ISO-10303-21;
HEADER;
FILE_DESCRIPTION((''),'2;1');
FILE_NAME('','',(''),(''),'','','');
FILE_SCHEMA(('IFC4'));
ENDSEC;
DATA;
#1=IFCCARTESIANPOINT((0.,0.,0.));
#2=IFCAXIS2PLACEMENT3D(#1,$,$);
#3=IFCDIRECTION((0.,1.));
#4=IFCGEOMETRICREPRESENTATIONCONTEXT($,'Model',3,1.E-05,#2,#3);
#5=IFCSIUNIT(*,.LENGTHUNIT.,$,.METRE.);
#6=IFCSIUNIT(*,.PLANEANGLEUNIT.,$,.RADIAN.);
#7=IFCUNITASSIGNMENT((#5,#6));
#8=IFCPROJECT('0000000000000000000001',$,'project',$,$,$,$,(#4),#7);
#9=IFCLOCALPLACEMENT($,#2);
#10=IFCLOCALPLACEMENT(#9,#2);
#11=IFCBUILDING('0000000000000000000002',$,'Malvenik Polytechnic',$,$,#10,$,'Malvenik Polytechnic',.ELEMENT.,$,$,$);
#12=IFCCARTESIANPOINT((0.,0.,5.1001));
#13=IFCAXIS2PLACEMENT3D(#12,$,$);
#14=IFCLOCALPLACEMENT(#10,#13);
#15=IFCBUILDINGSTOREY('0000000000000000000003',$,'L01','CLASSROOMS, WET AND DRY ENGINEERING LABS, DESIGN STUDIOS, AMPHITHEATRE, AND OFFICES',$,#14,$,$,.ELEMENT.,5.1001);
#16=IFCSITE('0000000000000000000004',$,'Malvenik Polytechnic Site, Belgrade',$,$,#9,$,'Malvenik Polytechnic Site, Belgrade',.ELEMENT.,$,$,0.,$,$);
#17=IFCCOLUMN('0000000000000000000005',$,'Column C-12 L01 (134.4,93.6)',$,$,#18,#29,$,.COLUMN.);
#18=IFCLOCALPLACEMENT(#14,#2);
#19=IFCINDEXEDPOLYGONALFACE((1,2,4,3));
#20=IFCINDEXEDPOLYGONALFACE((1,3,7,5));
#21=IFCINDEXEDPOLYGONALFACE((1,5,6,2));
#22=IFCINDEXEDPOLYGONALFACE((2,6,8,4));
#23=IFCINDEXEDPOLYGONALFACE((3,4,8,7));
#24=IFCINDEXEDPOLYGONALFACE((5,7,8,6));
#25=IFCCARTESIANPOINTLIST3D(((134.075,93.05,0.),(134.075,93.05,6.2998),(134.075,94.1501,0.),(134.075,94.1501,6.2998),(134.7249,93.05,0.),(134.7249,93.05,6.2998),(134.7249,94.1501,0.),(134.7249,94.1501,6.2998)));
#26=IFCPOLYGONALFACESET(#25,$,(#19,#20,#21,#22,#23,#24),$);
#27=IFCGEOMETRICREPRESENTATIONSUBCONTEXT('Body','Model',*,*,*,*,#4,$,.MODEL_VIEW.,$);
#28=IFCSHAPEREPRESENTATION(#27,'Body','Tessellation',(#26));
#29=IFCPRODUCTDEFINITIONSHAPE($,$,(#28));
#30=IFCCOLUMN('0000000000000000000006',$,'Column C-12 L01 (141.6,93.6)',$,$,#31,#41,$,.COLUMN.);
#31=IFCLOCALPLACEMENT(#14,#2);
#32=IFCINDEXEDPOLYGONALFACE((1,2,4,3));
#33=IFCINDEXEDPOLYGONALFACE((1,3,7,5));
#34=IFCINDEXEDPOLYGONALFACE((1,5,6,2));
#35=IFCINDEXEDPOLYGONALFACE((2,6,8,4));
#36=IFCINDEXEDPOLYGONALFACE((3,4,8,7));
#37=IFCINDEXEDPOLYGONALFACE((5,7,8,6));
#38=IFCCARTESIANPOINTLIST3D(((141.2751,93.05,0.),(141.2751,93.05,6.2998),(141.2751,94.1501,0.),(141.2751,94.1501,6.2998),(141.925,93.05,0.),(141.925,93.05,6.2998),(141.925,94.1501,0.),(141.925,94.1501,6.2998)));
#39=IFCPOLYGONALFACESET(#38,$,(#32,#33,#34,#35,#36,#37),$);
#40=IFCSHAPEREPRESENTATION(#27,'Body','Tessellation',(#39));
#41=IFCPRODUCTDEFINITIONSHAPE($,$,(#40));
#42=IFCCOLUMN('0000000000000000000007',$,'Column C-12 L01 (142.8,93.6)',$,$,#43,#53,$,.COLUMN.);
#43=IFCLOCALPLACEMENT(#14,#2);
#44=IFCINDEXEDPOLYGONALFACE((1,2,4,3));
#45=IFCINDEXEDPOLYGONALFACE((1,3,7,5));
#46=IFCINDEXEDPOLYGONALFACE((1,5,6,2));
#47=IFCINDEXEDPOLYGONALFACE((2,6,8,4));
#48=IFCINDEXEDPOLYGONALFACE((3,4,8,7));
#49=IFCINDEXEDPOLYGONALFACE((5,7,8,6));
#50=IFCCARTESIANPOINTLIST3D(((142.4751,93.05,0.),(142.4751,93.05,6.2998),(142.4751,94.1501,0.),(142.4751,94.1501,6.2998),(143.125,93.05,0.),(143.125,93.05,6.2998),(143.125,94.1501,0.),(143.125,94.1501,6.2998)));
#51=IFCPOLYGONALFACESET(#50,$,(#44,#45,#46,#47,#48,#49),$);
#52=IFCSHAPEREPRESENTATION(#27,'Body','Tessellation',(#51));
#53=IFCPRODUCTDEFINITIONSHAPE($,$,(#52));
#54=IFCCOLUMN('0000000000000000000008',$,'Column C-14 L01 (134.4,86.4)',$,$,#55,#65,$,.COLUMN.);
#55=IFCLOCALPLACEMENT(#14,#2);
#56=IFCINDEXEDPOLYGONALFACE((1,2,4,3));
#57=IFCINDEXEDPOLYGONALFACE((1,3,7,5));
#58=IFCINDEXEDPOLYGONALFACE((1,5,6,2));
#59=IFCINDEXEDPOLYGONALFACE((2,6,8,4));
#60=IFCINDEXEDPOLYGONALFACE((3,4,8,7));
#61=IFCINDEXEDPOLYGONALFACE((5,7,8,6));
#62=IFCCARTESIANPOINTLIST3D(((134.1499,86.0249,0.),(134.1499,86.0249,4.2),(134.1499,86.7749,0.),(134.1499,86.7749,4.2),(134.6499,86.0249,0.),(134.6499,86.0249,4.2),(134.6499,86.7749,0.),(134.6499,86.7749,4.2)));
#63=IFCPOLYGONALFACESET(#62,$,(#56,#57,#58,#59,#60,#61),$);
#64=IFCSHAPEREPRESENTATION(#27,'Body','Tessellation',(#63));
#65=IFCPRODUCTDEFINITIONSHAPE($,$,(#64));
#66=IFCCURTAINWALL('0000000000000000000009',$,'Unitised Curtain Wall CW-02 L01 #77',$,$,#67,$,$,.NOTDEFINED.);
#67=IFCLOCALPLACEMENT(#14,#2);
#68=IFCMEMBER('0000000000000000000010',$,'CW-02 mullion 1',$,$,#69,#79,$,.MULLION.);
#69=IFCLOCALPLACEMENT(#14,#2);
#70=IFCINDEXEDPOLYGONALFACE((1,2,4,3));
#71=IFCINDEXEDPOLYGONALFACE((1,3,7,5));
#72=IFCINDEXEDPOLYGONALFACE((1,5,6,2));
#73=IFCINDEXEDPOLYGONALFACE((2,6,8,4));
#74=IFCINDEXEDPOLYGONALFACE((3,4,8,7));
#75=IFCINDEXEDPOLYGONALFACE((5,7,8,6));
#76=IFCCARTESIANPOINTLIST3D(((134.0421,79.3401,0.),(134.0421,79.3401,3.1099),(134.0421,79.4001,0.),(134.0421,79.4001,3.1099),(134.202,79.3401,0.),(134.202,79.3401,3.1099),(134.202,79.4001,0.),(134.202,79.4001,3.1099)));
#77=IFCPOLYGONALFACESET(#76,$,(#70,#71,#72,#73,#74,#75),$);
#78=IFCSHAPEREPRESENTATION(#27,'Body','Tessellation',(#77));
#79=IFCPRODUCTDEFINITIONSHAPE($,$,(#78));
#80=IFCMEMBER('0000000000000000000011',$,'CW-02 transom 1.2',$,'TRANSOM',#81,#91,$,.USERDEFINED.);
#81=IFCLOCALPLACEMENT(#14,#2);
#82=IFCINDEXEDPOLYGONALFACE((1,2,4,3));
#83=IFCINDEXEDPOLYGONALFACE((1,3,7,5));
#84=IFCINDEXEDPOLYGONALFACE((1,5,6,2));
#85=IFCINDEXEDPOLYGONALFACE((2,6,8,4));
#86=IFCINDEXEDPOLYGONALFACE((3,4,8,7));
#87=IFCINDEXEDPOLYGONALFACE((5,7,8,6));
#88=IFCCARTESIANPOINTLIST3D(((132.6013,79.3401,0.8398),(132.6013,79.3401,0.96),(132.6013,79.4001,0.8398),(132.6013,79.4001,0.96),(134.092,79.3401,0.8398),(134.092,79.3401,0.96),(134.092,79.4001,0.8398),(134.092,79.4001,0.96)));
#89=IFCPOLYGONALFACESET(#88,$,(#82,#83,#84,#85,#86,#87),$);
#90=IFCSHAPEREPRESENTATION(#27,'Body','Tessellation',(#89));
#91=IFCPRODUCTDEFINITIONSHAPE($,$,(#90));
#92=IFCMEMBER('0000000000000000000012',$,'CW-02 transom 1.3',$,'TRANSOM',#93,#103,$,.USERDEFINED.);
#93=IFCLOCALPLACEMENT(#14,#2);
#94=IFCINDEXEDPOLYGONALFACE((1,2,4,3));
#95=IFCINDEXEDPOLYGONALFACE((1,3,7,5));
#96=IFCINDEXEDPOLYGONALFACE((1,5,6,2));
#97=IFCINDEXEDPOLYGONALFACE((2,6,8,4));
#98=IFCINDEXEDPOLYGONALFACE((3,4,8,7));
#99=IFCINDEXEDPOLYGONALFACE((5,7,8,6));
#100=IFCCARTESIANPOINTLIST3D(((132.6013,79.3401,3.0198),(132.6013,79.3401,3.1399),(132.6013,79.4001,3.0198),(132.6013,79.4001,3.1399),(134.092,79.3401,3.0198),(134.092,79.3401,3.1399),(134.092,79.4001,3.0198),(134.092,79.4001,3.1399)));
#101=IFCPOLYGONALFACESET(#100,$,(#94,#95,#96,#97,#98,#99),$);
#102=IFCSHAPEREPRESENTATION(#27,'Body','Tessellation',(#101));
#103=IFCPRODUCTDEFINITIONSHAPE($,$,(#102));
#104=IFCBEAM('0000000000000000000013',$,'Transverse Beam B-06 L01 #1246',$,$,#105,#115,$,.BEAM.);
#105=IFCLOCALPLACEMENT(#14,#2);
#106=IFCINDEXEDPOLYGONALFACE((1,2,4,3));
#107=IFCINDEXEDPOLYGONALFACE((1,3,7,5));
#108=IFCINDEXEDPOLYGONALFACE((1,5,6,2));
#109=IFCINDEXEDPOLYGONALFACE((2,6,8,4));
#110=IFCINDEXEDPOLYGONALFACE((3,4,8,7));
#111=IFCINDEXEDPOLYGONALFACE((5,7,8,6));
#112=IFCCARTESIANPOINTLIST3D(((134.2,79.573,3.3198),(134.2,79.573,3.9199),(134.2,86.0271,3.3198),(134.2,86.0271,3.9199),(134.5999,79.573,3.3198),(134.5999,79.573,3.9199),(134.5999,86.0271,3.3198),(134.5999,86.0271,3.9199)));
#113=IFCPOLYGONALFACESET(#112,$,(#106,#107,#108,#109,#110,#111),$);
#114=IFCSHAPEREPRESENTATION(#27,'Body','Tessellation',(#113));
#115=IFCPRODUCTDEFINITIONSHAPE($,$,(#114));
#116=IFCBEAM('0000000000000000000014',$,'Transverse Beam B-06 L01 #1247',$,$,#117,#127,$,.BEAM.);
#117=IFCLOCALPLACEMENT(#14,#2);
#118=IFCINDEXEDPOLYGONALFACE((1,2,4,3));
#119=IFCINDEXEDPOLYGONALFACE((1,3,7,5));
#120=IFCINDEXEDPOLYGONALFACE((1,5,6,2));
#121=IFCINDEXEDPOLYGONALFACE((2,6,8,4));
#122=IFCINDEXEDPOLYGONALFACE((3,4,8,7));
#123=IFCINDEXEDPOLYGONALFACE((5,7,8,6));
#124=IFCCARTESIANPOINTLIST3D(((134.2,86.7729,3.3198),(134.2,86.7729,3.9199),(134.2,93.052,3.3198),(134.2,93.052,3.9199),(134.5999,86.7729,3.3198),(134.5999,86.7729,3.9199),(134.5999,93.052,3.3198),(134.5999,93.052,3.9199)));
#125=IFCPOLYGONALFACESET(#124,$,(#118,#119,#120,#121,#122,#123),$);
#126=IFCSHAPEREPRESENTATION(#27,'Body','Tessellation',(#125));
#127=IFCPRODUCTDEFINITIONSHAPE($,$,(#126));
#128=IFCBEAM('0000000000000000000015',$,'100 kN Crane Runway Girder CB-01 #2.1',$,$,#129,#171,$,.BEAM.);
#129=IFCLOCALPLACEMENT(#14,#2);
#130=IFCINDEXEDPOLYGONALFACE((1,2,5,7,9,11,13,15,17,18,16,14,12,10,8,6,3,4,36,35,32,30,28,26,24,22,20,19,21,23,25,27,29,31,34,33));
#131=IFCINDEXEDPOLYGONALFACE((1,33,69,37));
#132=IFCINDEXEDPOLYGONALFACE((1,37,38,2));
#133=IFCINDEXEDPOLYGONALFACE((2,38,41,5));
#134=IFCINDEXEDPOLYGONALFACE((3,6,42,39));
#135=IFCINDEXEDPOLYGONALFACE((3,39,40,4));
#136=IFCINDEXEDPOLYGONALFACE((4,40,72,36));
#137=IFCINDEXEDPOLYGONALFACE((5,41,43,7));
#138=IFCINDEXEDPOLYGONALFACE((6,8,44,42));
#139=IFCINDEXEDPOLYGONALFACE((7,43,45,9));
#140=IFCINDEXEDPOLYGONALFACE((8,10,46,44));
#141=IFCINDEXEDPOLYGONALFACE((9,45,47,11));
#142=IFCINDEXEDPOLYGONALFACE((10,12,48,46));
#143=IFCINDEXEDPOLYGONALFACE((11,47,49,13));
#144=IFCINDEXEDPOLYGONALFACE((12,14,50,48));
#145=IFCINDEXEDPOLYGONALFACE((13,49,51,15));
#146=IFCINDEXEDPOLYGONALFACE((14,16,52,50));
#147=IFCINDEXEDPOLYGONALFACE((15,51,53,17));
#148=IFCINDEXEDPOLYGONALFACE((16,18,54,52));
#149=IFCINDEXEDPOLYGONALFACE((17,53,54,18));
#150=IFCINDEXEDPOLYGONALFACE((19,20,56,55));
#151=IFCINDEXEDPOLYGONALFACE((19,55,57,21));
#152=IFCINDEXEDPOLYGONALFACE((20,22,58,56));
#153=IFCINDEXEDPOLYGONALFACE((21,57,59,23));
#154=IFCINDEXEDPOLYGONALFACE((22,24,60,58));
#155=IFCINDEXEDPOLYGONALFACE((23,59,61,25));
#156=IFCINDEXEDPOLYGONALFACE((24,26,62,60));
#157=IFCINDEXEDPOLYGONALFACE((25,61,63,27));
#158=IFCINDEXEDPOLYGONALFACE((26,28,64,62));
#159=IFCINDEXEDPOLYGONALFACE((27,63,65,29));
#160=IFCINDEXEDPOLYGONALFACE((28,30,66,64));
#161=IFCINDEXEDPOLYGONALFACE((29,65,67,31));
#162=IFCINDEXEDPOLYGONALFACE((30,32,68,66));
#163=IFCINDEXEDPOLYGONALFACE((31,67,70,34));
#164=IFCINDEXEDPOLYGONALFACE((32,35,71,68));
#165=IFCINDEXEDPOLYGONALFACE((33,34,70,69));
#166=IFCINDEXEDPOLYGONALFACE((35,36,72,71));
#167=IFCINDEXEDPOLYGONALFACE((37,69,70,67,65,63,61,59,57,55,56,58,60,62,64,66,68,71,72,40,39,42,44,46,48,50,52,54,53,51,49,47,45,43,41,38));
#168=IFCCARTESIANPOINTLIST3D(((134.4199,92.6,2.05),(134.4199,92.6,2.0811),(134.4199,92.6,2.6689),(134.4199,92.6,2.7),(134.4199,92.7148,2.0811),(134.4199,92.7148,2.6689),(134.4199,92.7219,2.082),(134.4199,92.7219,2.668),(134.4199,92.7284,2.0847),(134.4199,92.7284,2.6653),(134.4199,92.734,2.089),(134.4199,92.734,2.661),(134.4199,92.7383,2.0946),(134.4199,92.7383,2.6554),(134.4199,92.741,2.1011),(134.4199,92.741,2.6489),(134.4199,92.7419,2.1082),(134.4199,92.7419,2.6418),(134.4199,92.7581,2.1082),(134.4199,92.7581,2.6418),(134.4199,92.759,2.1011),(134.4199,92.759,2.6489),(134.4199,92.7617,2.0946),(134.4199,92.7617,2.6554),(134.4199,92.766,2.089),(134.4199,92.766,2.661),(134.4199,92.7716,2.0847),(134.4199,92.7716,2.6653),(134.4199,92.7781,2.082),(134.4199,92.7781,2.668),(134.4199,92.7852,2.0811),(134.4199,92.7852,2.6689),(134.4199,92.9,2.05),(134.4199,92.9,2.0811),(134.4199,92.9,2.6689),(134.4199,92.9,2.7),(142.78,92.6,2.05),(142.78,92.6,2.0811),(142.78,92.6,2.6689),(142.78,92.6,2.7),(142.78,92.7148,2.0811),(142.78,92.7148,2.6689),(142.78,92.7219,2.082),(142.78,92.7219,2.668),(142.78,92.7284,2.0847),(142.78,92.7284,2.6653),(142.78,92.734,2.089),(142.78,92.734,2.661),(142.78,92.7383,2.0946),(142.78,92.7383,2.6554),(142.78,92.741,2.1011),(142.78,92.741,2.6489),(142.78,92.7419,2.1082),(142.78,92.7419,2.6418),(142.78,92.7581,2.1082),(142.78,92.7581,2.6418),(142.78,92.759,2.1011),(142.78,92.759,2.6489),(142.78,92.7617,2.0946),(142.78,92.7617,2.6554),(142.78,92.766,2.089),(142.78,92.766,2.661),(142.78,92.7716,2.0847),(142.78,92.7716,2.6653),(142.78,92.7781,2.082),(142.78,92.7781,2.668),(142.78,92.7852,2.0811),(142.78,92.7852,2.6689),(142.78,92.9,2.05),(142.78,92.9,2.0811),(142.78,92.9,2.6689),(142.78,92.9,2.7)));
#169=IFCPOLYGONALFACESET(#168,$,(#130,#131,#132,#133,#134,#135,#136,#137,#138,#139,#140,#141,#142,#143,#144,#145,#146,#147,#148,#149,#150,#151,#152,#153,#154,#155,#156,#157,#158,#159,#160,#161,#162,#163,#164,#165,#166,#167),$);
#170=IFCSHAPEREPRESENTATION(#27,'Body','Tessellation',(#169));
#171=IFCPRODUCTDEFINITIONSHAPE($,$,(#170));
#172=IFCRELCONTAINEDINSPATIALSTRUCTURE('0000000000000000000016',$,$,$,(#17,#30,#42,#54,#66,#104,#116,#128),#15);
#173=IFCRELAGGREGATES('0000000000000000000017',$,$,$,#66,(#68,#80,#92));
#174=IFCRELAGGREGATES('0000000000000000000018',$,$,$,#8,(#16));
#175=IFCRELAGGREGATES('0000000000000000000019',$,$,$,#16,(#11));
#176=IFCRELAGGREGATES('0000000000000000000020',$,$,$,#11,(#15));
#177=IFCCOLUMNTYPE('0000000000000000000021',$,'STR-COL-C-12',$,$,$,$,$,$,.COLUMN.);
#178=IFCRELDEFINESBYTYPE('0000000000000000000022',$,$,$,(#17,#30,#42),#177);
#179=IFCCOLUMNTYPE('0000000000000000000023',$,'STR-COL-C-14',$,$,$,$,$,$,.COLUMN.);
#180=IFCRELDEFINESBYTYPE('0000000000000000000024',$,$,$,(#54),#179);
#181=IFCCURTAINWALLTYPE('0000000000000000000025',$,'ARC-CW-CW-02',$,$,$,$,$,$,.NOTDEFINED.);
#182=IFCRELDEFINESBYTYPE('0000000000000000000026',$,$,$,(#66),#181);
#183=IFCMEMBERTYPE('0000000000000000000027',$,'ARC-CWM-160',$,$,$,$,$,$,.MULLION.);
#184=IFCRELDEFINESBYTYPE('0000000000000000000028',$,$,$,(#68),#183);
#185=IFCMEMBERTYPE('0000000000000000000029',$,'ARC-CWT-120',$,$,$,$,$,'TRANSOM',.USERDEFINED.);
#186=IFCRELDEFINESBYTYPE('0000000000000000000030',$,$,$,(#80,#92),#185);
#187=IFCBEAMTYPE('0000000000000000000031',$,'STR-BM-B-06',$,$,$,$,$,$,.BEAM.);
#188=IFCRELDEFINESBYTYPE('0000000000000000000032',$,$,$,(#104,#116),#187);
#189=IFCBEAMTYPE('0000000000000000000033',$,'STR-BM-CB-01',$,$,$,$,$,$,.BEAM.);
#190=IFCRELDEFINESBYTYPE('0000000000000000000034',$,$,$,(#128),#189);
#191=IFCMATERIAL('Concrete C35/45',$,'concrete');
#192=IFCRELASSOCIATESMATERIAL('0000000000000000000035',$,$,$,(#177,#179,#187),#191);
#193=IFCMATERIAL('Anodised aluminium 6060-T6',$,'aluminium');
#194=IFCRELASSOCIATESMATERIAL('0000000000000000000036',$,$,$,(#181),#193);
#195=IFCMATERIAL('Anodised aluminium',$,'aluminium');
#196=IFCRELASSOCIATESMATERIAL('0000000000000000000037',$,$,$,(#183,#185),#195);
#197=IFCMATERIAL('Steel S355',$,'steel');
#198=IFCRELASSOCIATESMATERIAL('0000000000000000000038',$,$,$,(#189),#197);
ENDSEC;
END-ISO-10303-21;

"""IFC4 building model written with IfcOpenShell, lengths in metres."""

from ifc_helpers import new_model, si_unit, direction, frame, origin, origin_2d, place, context, subcontext, project, spatial, rectangle, i_section, extrude, material, material_profile, profile_set, type_object, element, aggregate, save


model = new_model("IFC4")

# Units and contexts
model_context = context("Model", 3, precision=1e-05, world=origin(), true_north=direction((0.0, 1.0)))
body_context = subcontext(model_context, "Body", "Model", "MODEL_VIEW")
ifc_project = project(units=[si_unit("LENGTHUNIT", "METRE"), si_unit("PLANEANGLEUNIT", "RADIAN")], contexts=[model_context])

# Site, building, storey
site_placement = place(None, origin())
site = spatial("IfcSite", under=ifc_project, at=site_placement, Name="Malvenik Polytechnic Site, Belgrade", LongName="Malvenik Polytechnic Site, Belgrade", CompositionType="ELEMENT", RefElevation=0.0)
building_placement = place(site_placement, origin())
building = spatial("IfcBuilding", under=site, at=building_placement, Name="Malvenik Polytechnic", LongName="Malvenik Polytechnic", CompositionType="ELEMENT")
storey_placement = place(building_placement, frame((0.0, 0.0, 5.1001)))
storey = spatial("IfcBuildingStorey", under=building, at=storey_placement, Name="L01", Description="CLASSROOMS, WET AND DRY ENGINEERING LABS, DESIGN STUDIOS, AMPHITHEATRE, AND OFFICES", CompositionType="ELEMENT", Elevation=5.1001)

# Columns
ifc_material_1 = material(Name="Concrete C35/45", Category="concrete")
ifc_material_profile_1 = material_profile(ifc_material_1, rectangle(XDim=0.6499, YDim=1.1001, at=origin_2d()), Name="RC COL 1100x650")
ifc_profile_set_1 = profile_set([ifc_material_profile_1], Name="Concrete C35/45")
column_type_1 = type_object("IfcColumnType", Name="STR-COL-C-12", PredefinedType="COLUMN", material=ifc_profile_set_1)
for number, where, z_axis, x_axis, name in (
    (1, (134.3999, 93.6001, 0.0), (0.0, 0.0, 1.0), (1.0, 0.0, 0.0), "Column C-12 L01 (134.4,93.6)"),
    (2, (141.6001, 93.6001, 0.0), (0.0, 0.0, 1.0), (1.0, 0.0, 0.0), "Column C-12 L01 (141.6,93.6)"),
    (3, (142.8, 93.6001, 0.0), (0.0, 0.0, 1.0), (1.0, 0.0, 0.0), "Column C-12 L01 (142.8,93.6)"),
):
    element("IfcColumn", number, at=place(storey_placement, frame(where, z_axis=z_axis, x_axis=x_axis)), inside=storey, type_object=column_type_1, Name=name, PredefinedType="COLUMN", context=body_context, shape_type="SweptSolid", body=[
        extrude(rectangle(XDim=0.6499, YDim=1.1001, at=origin_2d()), origin(), (0.0, 0.0, 1.0), 6.2998),
    ])
ifc_material_profile_2 = material_profile(ifc_material_1, rectangle(XDim=0.5, YDim=0.75, at=origin_2d()), Name="RC COL 750x500")
ifc_profile_set_2 = profile_set([ifc_material_profile_2], Name="Concrete C35/45")
column_type_2 = type_object("IfcColumnType", Name="STR-COL-C-14", PredefinedType="COLUMN", material=ifc_profile_set_2)
column_placement = place(storey_placement, frame((134.3999, 86.3999, 0.0), z_axis=(0.0, 0.0, 1.0), x_axis=(1.0, 0.0, 0.0)))
element("IfcColumn", 4, at=column_placement, inside=storey, type_object=column_type_2, Name="Column C-14 L01 (134.4,86.4)", PredefinedType="COLUMN", context=body_context, shape_type="SweptSolid", body=[
    extrude(rectangle(XDim=0.5, YDim=0.75, at=origin_2d()), origin(), (0.0, 0.0, 1.0), 4.2),
])

# Curtain wall, members
ifc_material_2 = material(Name="Anodised aluminium 6060-T6", Category="aluminium")
curtain_wall_type = type_object("IfcCurtainWallType", Name="ARC-CW-CW-02", PredefinedType="NOTDEFINED", material=ifc_material_2)
curtain_wall_placement = place(storey_placement, origin())
curtain_wall = element("IfcCurtainWall", 5, at=curtain_wall_placement, inside=storey, type_object=curtain_wall_type, Name="Unitised Curtain Wall CW-02 L01 #77", PredefinedType="NOTDEFINED")
ifc_material_3 = material(Name="Anodised aluminium", Category="aluminium")
ifc_material_profile_3 = material_profile(ifc_material_3, rectangle(XDim=0.0601, YDim=0.1599, at=origin_2d()), Name="ALU MULLION 60x160")
ifc_profile_set_3 = profile_set([ifc_material_profile_3], Name="Anodised aluminium")
member_type_1 = type_object("IfcMemberType", Name="ARC-CWM-160", PredefinedType="MULLION", material=ifc_profile_set_3)
member_1_placement = place(storey_placement, frame((134.1221, 79.3701, 0.0), z_axis=(0.0, 0.0, 1.0), x_axis=(0.0, -1.0, 0.0)))
member_1 = element("IfcMember", 6, at=member_1_placement, type_object=member_type_1, Name="CW-02 mullion 1", PredefinedType="MULLION", context=body_context, shape_type="SweptSolid", body=[
    extrude(rectangle(XDim=0.0601, YDim=0.1599, at=origin_2d()), origin(), (0.0, 0.0, 1.0), 3.1099),
])
ifc_material_profile_4 = material_profile(ifc_material_3, rectangle(XDim=0.0601, YDim=0.1201, at=origin_2d()), Name="ALU TRANSOM 60x120")
ifc_profile_set_4 = profile_set([ifc_material_profile_4], Name="Anodised aluminium")
member_type_2 = type_object("IfcMemberType", Name="ARC-CWT-120", ElementType="TRANSOM", PredefinedType="USERDEFINED", material=ifc_profile_set_4)
member_2_placement = place(storey_placement, frame((134.092, 79.3701, 0.8999), z_axis=(-1.0, 0.0, 0.0), x_axis=(0.0, -1.0, 0.0)))
member_2 = element("IfcMember", 7, at=member_2_placement, type_object=member_type_2, Name="CW-02 transom 1.2", ObjectType="TRANSOM", PredefinedType="USERDEFINED", context=body_context, shape_type="SweptSolid", body=[
    extrude(rectangle(XDim=0.0601, YDim=0.1201, at=origin_2d()), origin(), (0.0, 0.0, 1.0), 1.4907),
])
member_3_placement = place(storey_placement, frame((134.092, 79.3701, 3.0798), z_axis=(-1.0, 0.0, 0.0), x_axis=(0.0, -1.0, 0.0)))
member_3 = element("IfcMember", 8, at=member_3_placement, type_object=member_type_2, Name="CW-02 transom 1.3", ObjectType="TRANSOM", PredefinedType="USERDEFINED", context=body_context, shape_type="SweptSolid", body=[
    extrude(rectangle(XDim=0.0601, YDim=0.1201, at=origin_2d()), origin(), (0.0, 0.0, 1.0), 1.4907),
])
aggregate(curtain_wall, [member_1, member_2, member_3])

# Beams
ifc_material_profile_5 = material_profile(ifc_material_1, rectangle(XDim=0.3999, YDim=0.6001, at=origin_2d()), Name="RC BM 400x600")
ifc_profile_set_5 = profile_set([ifc_material_profile_5], Name="Concrete C35/45")
beam_type_1 = type_object("IfcBeamType", Name="STR-BM-B-06", PredefinedType="BEAM", material=ifc_profile_set_5)
beam_1_placement = place(storey_placement, frame((134.3999, 79.573, 3.6199), z_axis=(0.0, 1.0, 0.0), x_axis=(-1.0, 0.0, 0.0)))
element("IfcBeam", 9, at=beam_1_placement, inside=storey, type_object=beam_type_1, Name="Transverse Beam B-06 L01 #1246", PredefinedType="BEAM", context=body_context, shape_type="SweptSolid", body=[
    extrude(rectangle(XDim=0.3999, YDim=0.6001, at=origin_2d()), origin(), (0.0, 0.0, 1.0), 6.4541),
])
beam_2_placement = place(storey_placement, frame((134.3999, 86.7729, 3.6199), z_axis=(0.0, 1.0, 0.0), x_axis=(-1.0, 0.0, 0.0)))
element("IfcBeam", 10, at=beam_2_placement, inside=storey, type_object=beam_type_1, Name="Transverse Beam B-06 L01 #1247", PredefinedType="BEAM", context=body_context, shape_type="SweptSolid", body=[
    extrude(rectangle(XDim=0.3999, YDim=0.6001, at=origin_2d()), origin(), (0.0, 0.0, 1.0), 6.2791),
])
ifc_material_4 = material(Name="Steel S355", Category="steel")
ifc_material_profile_6 = material_profile(ifc_material_4, i_section(OverallWidth=0.3, OverallDepth=0.6499, WebThickness=0.0161, FlangeThickness=0.031, FilletRadius=0.0271, at=origin_2d()), Name="HEB 650")
ifc_profile_set_6 = profile_set([ifc_material_profile_6], Name="Steel S355")
beam_type_2 = type_object("IfcBeamType", Name="STR-BM-CB-01", PredefinedType="BEAM", material=ifc_profile_set_6)
beam_3_placement = place(storey_placement, frame((134.4199, 92.75, 2.375), z_axis=(1.0, 0.0, 0.0), x_axis=(0.0, 1.0, 0.0)))
element("IfcBeam", 11, at=beam_3_placement, inside=storey, type_object=beam_type_2, Name="100 kN Crane Runway Girder CB-01 #2.1", PredefinedType="BEAM", context=body_context, shape_type="SweptSolid", body=[
    extrude(i_section(OverallWidth=0.3, OverallDepth=0.6499, WebThickness=0.0161, FlangeThickness=0.031, FilletRadius=0.0271, at=origin_2d()), origin(), (0.0, 0.0, 1.0), 8.3601),
])

save(model, "model.ifc")
